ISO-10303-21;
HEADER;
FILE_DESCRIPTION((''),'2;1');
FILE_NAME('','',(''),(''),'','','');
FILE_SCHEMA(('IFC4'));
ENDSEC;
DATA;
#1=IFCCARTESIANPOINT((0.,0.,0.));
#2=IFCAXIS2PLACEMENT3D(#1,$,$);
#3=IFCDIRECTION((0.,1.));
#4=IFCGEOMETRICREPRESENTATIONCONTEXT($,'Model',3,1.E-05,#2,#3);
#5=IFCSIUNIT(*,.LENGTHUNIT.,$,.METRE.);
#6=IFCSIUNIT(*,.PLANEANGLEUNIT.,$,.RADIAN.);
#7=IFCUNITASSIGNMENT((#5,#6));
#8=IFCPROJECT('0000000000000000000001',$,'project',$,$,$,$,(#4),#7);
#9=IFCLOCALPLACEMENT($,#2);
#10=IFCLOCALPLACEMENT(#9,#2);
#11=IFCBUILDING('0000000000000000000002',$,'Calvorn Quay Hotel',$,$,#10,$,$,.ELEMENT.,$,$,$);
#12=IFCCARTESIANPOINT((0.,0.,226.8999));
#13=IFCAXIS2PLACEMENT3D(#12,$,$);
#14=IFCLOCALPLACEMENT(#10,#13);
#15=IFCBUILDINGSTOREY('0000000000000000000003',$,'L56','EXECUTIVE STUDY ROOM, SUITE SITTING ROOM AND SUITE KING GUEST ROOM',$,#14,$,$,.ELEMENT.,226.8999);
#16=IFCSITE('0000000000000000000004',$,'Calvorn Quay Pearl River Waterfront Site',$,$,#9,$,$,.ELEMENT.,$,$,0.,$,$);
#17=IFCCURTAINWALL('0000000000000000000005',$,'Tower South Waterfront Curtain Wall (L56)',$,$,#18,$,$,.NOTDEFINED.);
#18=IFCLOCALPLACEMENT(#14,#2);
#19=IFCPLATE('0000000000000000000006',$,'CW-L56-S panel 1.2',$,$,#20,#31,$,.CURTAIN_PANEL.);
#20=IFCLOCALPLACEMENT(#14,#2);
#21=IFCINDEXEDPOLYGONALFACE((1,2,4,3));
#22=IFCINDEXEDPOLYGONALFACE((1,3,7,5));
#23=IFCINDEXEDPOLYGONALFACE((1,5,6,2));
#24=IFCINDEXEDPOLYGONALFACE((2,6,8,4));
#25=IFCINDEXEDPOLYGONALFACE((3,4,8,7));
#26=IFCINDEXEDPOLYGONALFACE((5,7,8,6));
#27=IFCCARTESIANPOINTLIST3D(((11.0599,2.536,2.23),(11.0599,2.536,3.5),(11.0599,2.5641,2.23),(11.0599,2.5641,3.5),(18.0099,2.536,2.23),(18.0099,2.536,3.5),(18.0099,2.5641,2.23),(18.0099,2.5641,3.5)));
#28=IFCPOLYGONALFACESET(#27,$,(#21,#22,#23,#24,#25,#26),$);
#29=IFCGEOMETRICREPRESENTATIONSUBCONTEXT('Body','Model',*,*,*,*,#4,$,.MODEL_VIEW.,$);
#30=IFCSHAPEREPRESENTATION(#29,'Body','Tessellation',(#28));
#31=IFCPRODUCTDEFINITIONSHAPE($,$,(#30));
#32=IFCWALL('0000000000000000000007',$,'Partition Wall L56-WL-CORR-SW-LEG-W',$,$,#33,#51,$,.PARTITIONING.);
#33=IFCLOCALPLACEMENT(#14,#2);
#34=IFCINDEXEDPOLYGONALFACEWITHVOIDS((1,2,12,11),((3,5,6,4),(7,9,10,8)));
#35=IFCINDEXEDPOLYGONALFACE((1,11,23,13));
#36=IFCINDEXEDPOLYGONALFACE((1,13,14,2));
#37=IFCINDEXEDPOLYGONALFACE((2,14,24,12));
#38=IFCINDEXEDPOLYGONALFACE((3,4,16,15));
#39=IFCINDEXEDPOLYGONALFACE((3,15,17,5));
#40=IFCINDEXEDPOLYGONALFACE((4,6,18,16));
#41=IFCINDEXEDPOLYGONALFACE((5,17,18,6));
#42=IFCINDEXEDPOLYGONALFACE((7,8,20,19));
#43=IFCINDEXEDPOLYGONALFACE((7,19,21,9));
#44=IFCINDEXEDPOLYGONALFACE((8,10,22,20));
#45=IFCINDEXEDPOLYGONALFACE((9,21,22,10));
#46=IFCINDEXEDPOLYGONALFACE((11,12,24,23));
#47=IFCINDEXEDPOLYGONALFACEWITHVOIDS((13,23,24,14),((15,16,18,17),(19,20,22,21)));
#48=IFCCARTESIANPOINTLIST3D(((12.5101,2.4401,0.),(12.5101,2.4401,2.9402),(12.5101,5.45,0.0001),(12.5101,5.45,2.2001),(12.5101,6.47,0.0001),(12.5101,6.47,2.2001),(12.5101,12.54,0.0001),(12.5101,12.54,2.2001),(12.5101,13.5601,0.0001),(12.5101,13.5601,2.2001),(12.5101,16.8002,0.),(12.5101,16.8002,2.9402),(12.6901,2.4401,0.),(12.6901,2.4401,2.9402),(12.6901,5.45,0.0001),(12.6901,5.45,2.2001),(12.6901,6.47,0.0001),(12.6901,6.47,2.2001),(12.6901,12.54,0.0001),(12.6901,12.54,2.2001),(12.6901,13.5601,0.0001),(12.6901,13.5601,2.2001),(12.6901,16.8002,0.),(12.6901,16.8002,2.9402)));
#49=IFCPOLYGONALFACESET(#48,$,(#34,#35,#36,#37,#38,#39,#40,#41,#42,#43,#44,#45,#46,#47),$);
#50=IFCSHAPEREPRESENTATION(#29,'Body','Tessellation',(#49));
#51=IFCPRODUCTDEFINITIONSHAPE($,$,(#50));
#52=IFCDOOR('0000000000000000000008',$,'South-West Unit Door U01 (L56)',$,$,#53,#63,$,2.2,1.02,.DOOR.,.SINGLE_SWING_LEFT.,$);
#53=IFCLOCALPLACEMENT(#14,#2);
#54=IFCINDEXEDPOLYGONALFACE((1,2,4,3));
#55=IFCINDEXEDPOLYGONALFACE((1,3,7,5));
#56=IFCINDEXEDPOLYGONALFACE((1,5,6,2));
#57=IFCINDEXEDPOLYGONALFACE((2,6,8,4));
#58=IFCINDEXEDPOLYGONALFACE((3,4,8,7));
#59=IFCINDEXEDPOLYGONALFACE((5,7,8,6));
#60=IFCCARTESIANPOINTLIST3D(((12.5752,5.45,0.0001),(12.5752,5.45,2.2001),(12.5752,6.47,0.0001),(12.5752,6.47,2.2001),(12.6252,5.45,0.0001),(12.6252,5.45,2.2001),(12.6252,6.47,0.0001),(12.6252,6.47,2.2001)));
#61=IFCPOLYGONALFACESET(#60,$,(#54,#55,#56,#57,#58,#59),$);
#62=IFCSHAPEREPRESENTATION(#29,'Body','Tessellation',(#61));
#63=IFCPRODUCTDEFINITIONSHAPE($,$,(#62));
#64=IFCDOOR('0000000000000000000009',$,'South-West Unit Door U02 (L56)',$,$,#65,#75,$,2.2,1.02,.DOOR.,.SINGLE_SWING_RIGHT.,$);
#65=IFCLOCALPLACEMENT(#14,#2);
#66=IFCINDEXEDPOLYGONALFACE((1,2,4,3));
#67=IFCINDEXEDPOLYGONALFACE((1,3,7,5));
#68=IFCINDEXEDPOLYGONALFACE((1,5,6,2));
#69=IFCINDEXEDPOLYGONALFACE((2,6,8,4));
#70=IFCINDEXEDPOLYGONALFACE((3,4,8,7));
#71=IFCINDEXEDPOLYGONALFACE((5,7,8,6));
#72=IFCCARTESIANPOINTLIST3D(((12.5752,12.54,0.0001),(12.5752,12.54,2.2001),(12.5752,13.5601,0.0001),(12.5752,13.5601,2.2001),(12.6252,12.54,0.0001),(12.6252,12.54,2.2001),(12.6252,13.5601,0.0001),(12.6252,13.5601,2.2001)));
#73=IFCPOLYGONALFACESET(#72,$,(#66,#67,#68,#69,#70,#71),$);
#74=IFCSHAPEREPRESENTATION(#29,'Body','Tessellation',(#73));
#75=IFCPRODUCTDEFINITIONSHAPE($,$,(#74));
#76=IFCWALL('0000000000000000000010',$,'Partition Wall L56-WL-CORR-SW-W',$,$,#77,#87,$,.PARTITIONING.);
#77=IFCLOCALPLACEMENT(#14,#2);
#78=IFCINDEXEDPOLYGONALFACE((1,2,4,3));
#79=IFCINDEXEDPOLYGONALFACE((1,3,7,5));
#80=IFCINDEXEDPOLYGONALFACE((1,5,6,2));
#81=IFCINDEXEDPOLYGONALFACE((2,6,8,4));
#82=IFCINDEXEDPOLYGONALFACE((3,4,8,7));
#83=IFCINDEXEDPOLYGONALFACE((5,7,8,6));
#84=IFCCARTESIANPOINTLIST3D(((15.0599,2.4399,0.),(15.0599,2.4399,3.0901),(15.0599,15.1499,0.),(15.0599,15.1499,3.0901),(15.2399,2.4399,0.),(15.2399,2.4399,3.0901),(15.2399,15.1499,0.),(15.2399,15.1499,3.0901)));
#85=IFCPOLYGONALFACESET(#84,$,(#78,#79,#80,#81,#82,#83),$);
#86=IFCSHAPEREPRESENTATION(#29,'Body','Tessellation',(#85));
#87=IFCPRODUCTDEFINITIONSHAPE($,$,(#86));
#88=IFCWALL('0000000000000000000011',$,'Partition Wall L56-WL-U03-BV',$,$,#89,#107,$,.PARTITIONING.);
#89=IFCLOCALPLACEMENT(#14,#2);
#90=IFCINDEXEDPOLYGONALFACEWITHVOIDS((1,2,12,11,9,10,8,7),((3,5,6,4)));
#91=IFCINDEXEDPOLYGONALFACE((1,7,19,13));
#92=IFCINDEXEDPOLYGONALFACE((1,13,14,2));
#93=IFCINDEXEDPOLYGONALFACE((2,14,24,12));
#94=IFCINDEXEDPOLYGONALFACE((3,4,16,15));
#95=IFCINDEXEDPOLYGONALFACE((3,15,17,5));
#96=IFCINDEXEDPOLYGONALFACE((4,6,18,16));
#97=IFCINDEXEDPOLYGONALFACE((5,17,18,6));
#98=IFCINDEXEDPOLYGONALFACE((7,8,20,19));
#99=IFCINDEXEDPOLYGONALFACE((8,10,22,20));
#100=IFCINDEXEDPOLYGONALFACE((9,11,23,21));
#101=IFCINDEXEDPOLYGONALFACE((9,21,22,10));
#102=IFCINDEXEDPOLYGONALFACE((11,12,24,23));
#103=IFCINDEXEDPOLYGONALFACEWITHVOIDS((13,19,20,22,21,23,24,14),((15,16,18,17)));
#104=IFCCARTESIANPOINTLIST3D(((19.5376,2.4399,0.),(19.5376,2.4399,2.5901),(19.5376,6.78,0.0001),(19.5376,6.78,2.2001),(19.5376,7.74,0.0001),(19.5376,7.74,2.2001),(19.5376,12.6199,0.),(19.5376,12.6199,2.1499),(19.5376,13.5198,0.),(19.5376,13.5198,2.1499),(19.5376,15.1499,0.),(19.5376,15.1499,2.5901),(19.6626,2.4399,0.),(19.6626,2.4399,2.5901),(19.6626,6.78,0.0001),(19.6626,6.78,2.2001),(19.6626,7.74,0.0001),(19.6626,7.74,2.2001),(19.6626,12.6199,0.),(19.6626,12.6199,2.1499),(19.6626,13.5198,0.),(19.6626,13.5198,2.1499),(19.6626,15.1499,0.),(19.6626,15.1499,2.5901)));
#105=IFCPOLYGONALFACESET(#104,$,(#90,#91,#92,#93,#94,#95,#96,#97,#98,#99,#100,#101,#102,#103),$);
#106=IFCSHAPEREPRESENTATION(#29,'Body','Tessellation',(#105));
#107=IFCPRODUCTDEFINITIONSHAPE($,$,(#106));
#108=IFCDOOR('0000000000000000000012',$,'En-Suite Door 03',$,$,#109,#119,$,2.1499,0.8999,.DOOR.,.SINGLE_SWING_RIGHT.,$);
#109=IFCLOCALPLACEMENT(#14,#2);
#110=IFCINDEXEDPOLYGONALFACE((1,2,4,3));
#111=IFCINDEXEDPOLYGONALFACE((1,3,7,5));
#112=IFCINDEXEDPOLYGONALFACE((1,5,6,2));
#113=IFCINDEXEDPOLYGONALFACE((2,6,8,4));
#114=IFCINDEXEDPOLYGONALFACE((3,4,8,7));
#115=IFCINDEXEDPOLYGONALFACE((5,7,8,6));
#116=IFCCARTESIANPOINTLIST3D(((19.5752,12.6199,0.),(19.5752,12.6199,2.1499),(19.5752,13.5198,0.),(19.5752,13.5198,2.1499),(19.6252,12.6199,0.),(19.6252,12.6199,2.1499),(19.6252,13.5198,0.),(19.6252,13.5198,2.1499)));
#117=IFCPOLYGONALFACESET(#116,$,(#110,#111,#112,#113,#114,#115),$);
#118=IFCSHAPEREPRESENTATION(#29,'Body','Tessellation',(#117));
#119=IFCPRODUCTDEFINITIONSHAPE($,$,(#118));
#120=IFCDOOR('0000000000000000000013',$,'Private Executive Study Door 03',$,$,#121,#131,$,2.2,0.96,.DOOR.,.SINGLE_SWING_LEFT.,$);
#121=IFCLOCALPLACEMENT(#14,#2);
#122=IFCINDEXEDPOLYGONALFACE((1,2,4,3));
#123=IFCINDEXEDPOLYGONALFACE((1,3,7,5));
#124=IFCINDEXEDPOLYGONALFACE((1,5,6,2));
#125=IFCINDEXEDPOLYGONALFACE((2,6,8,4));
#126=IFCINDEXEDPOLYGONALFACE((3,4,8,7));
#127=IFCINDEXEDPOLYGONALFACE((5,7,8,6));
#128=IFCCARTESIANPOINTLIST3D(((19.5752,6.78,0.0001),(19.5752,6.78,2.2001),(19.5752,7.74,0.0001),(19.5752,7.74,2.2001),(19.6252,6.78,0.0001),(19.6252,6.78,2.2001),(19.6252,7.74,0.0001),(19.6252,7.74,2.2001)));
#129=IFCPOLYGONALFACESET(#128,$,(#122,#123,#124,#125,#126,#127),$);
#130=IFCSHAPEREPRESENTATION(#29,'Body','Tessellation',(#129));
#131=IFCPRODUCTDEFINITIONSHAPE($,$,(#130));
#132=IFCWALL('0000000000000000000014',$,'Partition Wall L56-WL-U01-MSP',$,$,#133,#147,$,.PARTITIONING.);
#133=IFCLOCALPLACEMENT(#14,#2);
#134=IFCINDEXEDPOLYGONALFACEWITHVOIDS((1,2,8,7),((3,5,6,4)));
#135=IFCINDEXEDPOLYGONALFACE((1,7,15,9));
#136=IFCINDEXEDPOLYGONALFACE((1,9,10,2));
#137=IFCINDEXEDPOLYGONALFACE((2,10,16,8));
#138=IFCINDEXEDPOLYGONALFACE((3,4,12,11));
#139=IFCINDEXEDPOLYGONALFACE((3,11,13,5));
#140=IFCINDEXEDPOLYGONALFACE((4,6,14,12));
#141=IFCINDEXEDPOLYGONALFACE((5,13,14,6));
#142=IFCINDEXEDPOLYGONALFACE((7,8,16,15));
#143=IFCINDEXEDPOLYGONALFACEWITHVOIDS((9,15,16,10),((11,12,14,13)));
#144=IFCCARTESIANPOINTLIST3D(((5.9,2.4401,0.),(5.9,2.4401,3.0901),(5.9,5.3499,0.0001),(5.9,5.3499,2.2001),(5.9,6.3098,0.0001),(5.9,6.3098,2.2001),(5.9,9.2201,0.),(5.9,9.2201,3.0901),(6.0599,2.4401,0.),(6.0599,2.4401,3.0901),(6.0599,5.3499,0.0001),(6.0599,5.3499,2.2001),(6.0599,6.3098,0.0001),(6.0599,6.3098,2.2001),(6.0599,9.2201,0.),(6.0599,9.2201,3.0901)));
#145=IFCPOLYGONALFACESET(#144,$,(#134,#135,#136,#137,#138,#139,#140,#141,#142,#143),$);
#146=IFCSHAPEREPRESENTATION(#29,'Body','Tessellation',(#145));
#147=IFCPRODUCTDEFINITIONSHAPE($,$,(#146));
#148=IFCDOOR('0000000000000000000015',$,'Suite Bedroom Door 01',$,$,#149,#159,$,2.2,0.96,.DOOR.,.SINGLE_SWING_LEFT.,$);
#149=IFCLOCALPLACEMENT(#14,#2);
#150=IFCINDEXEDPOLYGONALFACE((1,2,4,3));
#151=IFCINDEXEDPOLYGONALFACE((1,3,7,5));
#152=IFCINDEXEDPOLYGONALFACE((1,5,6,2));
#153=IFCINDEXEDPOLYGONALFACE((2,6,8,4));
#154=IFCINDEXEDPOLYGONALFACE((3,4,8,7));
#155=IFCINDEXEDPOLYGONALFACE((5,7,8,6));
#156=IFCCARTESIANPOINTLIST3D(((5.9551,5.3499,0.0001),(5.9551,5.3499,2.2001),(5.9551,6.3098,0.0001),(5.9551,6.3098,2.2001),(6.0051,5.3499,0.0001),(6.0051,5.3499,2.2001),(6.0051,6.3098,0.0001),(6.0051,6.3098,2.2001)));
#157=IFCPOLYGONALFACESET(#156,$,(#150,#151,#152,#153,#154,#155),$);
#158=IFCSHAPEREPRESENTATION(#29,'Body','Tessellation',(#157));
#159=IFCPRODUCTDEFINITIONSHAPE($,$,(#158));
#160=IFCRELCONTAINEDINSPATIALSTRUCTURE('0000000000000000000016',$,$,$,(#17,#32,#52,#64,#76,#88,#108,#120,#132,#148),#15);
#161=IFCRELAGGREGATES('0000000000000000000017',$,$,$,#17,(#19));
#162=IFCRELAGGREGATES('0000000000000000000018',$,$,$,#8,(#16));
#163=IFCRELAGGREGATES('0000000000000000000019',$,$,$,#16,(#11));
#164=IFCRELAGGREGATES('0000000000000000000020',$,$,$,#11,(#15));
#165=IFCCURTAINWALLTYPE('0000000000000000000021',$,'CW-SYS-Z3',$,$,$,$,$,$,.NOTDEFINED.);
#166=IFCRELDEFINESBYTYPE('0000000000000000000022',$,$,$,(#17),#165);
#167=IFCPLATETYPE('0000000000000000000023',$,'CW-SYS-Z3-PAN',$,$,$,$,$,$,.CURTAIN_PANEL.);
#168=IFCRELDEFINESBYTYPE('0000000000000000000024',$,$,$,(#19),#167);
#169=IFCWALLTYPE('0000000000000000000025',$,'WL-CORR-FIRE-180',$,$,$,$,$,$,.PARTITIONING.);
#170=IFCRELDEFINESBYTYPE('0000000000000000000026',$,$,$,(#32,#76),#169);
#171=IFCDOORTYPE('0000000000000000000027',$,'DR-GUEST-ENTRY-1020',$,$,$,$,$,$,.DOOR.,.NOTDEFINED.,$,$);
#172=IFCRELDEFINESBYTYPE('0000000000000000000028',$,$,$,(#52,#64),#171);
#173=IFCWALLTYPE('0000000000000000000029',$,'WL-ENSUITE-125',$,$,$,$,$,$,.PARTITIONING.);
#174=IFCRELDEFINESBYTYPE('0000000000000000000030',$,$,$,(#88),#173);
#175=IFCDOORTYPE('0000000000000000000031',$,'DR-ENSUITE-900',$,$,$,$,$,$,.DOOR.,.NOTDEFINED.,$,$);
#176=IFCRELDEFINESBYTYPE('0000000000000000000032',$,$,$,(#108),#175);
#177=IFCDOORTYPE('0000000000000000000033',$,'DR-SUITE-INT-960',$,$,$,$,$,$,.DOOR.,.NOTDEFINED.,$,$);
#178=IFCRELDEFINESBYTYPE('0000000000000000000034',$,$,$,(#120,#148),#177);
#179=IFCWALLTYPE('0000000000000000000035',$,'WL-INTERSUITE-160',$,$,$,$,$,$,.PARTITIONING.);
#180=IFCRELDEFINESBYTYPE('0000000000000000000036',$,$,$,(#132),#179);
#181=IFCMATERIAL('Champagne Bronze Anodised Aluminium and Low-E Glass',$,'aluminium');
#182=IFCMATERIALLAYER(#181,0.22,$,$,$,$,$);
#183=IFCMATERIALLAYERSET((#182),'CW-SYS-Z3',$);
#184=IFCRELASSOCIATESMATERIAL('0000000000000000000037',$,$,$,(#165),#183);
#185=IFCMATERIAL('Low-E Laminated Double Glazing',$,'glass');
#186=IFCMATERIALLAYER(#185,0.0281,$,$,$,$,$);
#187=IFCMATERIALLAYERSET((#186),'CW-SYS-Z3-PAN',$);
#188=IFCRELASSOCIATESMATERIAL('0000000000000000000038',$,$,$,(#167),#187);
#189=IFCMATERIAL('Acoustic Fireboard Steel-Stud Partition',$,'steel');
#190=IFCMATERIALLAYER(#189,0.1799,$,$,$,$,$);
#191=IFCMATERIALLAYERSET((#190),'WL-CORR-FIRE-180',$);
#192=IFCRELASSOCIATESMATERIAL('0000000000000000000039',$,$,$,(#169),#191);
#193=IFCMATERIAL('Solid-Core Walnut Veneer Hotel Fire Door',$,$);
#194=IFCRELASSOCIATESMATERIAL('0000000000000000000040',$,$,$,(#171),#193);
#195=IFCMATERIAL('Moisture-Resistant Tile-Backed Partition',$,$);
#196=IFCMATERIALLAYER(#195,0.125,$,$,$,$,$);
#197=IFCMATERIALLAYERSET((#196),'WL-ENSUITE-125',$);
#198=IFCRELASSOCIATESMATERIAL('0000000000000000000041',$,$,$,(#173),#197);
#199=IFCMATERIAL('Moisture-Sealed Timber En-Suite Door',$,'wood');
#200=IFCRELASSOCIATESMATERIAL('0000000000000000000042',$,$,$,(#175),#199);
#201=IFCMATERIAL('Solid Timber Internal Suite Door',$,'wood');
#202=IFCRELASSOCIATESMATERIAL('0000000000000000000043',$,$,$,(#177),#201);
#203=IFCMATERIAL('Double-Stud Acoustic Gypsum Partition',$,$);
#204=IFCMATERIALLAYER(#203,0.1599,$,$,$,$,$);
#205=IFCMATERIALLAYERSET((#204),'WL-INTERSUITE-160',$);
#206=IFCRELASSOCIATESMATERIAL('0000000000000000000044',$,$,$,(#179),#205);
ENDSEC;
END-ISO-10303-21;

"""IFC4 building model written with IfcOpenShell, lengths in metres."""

from ifc_helpers import new_model, si_unit, direction, frame, frame_2d, origin, origin_2d, place, context, subcontext, project, spatial, rectangle, extrude, material, layer, layer_set, type_object, element, fill, aggregate, save


model = new_model("IFC4")

# Units and contexts
model_context = context("Model", 3, precision=1e-05, world=origin(), true_north=direction((0.0, 1.0)))
body_context = subcontext(model_context, "Body", "Model", "MODEL_VIEW")
ifc_project = project(units=[si_unit("LENGTHUNIT", "METRE"), si_unit("PLANEANGLEUNIT", "RADIAN")], contexts=[model_context])

# Site, building, storey
site_placement = place(None, origin())
site = spatial("IfcSite", under=ifc_project, at=site_placement, Name="Calvorn Quay Pearl River Waterfront Site", CompositionType="ELEMENT", RefElevation=0.0)
building_placement = place(site_placement, origin())
building = spatial("IfcBuilding", under=site, at=building_placement, Name="Calvorn Quay Hotel", CompositionType="ELEMENT")
storey_placement = place(building_placement, frame((0.0, 0.0, 226.8999)))
storey = spatial("IfcBuildingStorey", under=building, at=storey_placement, Name="L56", Description="EXECUTIVE STUDY ROOM, SUITE SITTING ROOM AND SUITE KING GUEST ROOM", CompositionType="ELEMENT", Elevation=226.8999)

# Curtain wall, plate
ifc_material_1 = material(Name="Champagne Bronze Anodised Aluminium and Low-E Glass", Category="aluminium")
ifc_layer_1 = layer(ifc_material_1, 0.22)
ifc_layer_set_1 = layer_set([ifc_layer_1], Name="CW-SYS-Z3")
curtain_wall_type = type_object("IfcCurtainWallType", Name="CW-SYS-Z3", PredefinedType="NOTDEFINED", material=ifc_layer_set_1)
curtain_wall_placement = place(storey_placement, origin())
curtain_wall = element("IfcCurtainWall", 1, at=curtain_wall_placement, inside=storey, type_object=curtain_wall_type, Name="Tower South Waterfront Curtain Wall (L56)", PredefinedType="NOTDEFINED")
ifc_material_2 = material(Name="Low-E Laminated Double Glazing", Category="glass")
ifc_layer_2 = layer(ifc_material_2, 0.0281)
ifc_layer_set_2 = layer_set([ifc_layer_2], Name="CW-SYS-Z3-PAN")
plate_type = type_object("IfcPlateType", Name="CW-SYS-Z3-PAN", PredefinedType="CURTAIN_PANEL", material=ifc_layer_set_2)
plate_1_placement = place(storey_placement, frame((14.5349, 2.55, 2.23), z_axis=(0.0, 0.0, 1.0), x_axis=(1.0, 0.0, 0.0)))
plate_1 = element("IfcPlate", 2, at=plate_1_placement, type_object=plate_type, Name="CW-L56-S panel 1.2", PredefinedType="CURTAIN_PANEL", context=body_context, shape_type="SweptSolid", body=[
    extrude(rectangle(XDim=6.95, YDim=0.0281, at=origin_2d()), origin(), (0.0, 0.0, 1.0), 1.27),
])
aggregate(curtain_wall, [plate_1])

# Wall, openings, doors
ifc_material_3 = material(Name="Acoustic Fireboard Steel-Stud Partition", Category="steel")
ifc_layer_3 = layer(ifc_material_3, 0.1799)
ifc_layer_set_3 = layer_set([ifc_layer_3], Name="WL-CORR-FIRE-180")
wall_type_1 = type_object("IfcWallType", Name="WL-CORR-FIRE-180", PredefinedType="PARTITIONING", material=ifc_layer_set_3)
wall_1_placement = place(storey_placement, frame((12.6001, 2.4399, 0.0), z_axis=(0.0, 0.0, 1.0), x_axis=(0.0, 1.0, 0.0)))
wall_1 = element("IfcWall", 3, at=wall_1_placement, inside=storey, type_object=wall_type_1, Name="Partition Wall L56-WL-CORR-SW-LEG-W", PredefinedType="PARTITIONING", context=body_context, shape_type="SweptSolid", body=[
    extrude(rectangle(XDim=14.3601, YDim=0.1799, at=frame_2d((7.1802, 0.0))), origin(), (0.0, 0.0, 1.0), 2.9402),
])
opening_1_placement = place(wall_1_placement, frame((3.01, 0.0, 0.0)))
opening_1 = element("IfcOpeningElement", 4, at=opening_1_placement, cuts=wall_1, PredefinedType="OPENING", context=body_context, shape_type="SweptSolid", body=[
    extrude(rectangle(XDim=1.02, YDim=2.2, at=frame_2d((0.51, 1.1001))), frame((0.0, 0.0999, 0.0), z_axis=(0.0, -1.0, 0.0), x_axis=(1.0, 0.0, 0.0)), (0.0, 0.0, 1.0), 0.2),
])
opening_2_placement = place(wall_1_placement, frame((10.1001, 0.0, 0.0)))
opening_2 = element("IfcOpeningElement", 5, at=opening_2_placement, cuts=wall_1, PredefinedType="OPENING", context=body_context, shape_type="SweptSolid", body=[
    extrude(rectangle(XDim=1.02, YDim=2.2, at=frame_2d((0.51, 1.1001))), frame((0.0, 0.0999, 0.0), z_axis=(0.0, -1.0, 0.0), x_axis=(1.0, 0.0, 0.0)), (0.0, 0.0, 1.0), 0.2),
])
ifc_material_4 = material(Name="Solid-Core Walnut Veneer Hotel Fire Door")
door_type_1 = type_object("IfcDoorType", Name="DR-GUEST-ENTRY-1020", OperationType="NOTDEFINED", PredefinedType="DOOR", material=ifc_material_4)
door_1_placement = place(opening_1_placement, origin())
door_1 = element("IfcDoor", 6, at=door_1_placement, inside=storey, type_object=door_type_1, Name="South-West Unit Door U01 (L56)", OperationType="SINGLE_SWING_LEFT", OverallHeight=2.2, OverallWidth=1.02, PredefinedType="DOOR", context=body_context, shape_type="SweptSolid", body=[
    extrude(rectangle(XDim=1.02, YDim=2.2, at=frame_2d((0.51, 1.1001))), frame((0.0, 0.0249, 0.0), z_axis=(0.0, -1.0, 0.0), x_axis=(1.0, 0.0, 0.0)), (0.0, 0.0, 1.0), 0.05),
])
fill(opening_1, door_1)
door_2_placement = place(opening_2_placement, origin())
door_2 = element("IfcDoor", 7, at=door_2_placement, inside=storey, type_object=door_type_1, Name="South-West Unit Door U02 (L56)", OperationType="SINGLE_SWING_RIGHT", OverallHeight=2.2, OverallWidth=1.02, PredefinedType="DOOR", context=body_context, shape_type="SweptSolid", body=[
    extrude(rectangle(XDim=1.02, YDim=2.2, at=frame_2d((0.51, 1.1001))), frame((0.0, 0.0249, 0.0), z_axis=(0.0, -1.0, 0.0), x_axis=(1.0, 0.0, 0.0)), (0.0, 0.0, 1.0), 0.05),
])
fill(opening_2, door_2)

# Wall
wall_2_placement = place(storey_placement, frame((15.1499, 2.4399, 0.0), z_axis=(0.0, 0.0, 1.0), x_axis=(0.0, 1.0, 0.0)))
element("IfcWall", 8, at=wall_2_placement, inside=storey, type_object=wall_type_1, Name="Partition Wall L56-WL-CORR-SW-W", PredefinedType="PARTITIONING", context=body_context, shape_type="SweptSolid", body=[
    extrude(rectangle(XDim=12.71, YDim=0.1799, at=frame_2d((6.355, 0.0))), origin(), (0.0, 0.0, 1.0), 3.0901),
])

# Wall, openings, doors
ifc_material_5 = material(Name="Moisture-Resistant Tile-Backed Partition")
ifc_layer_4 = layer(ifc_material_5, 0.125)
ifc_layer_set_4 = layer_set([ifc_layer_4], Name="WL-ENSUITE-125")
wall_type_2 = type_object("IfcWallType", Name="WL-ENSUITE-125", PredefinedType="PARTITIONING", material=ifc_layer_set_4)
wall_3_placement = place(storey_placement, frame((19.6001, 2.4399, 0.0), z_axis=(0.0, 0.0, 1.0), x_axis=(0.0, 1.0, 0.0)))
wall_3 = element("IfcWall", 9, at=wall_3_placement, inside=storey, type_object=wall_type_2, Name="Partition Wall L56-WL-U03-BV", PredefinedType="PARTITIONING", context=body_context, shape_type="SweptSolid", body=[
    extrude(rectangle(XDim=12.71, YDim=0.125, at=frame_2d((6.355, 0.0))), origin(), (0.0, 0.0, 1.0), 2.5901),
])
opening_3_placement = place(wall_3_placement, frame((4.3401, 0.0, 0.0)))
opening_3 = element("IfcOpeningElement", 10, at=opening_3_placement, cuts=wall_3, PredefinedType="OPENING", context=body_context, shape_type="SweptSolid", body=[
    extrude(rectangle(XDim=0.96, YDim=2.2, at=frame_2d((0.48, 1.1001))), frame((0.0, 0.0725, 0.0), z_axis=(0.0, -1.0, 0.0), x_axis=(1.0, 0.0, 0.0)), (0.0, 0.0, 1.0), 0.145),
])
opening_4_placement = place(wall_3_placement, frame((10.1799, 0.0, 0.0)))
opening_4 = element("IfcOpeningElement", 11, at=opening_4_placement, cuts=wall_3, PredefinedType="OPENING", context=body_context, shape_type="SweptSolid", body=[
    extrude(rectangle(XDim=0.8999, YDim=2.1499, at=frame_2d((0.45, 1.075))), frame((0.0, 0.0725, 0.0), z_axis=(0.0, -1.0, 0.0), x_axis=(1.0, 0.0, 0.0)), (0.0, 0.0, 1.0), 0.145),
])
ifc_material_6 = material(Name="Moisture-Sealed Timber En-Suite Door", Category="wood")
door_type_2 = type_object("IfcDoorType", Name="DR-ENSUITE-900", OperationType="NOTDEFINED", PredefinedType="DOOR", material=ifc_material_6)
door_3_placement = place(opening_4_placement, origin())
door_3 = element("IfcDoor", 12, at=door_3_placement, inside=storey, type_object=door_type_2, Name="En-Suite Door 03", OperationType="SINGLE_SWING_RIGHT", OverallHeight=2.1499, OverallWidth=0.8999, PredefinedType="DOOR", context=body_context, shape_type="SweptSolid", body=[
    extrude(rectangle(XDim=0.8999, YDim=2.1499, at=frame_2d((0.45, 1.075))), frame((0.0, 0.0249, 0.0), z_axis=(0.0, -1.0, 0.0), x_axis=(1.0, 0.0, 0.0)), (0.0, 0.0, 1.0), 0.05),
])
fill(opening_4, door_3)
ifc_material_7 = material(Name="Solid Timber Internal Suite Door", Category="wood")
door_type_3 = type_object("IfcDoorType", Name="DR-SUITE-INT-960", OperationType="NOTDEFINED", PredefinedType="DOOR", material=ifc_material_7)
door_4_placement = place(opening_3_placement, origin())
door_4 = element("IfcDoor", 13, at=door_4_placement, inside=storey, type_object=door_type_3, Name="Private Executive Study Door 03", OperationType="SINGLE_SWING_LEFT", OverallHeight=2.2, OverallWidth=0.96, PredefinedType="DOOR", context=body_context, shape_type="SweptSolid", body=[
    extrude(rectangle(XDim=0.96, YDim=2.2, at=frame_2d((0.48, 1.1001))), frame((0.0, 0.0249, 0.0), z_axis=(0.0, -1.0, 0.0), x_axis=(1.0, 0.0, 0.0)), (0.0, 0.0, 1.0), 0.05),
])
fill(opening_3, door_4)

# Wall, opening, door
ifc_material_8 = material(Name="Double-Stud Acoustic Gypsum Partition")
ifc_layer_5 = layer(ifc_material_8, 0.1599)
ifc_layer_set_5 = layer_set([ifc_layer_5], Name="WL-INTERSUITE-160")
wall_type_3 = type_object("IfcWallType", Name="WL-INTERSUITE-160", PredefinedType="PARTITIONING", material=ifc_layer_set_5)
wall_4_placement = place(storey_placement, frame((5.98, 2.4399, 0.0), z_axis=(0.0, 0.0, 1.0), x_axis=(0.0, 1.0, 0.0)))
wall_4 = element("IfcWall", 14, at=wall_4_placement, inside=storey, type_object=wall_type_3, Name="Partition Wall L56-WL-U01-MSP", PredefinedType="PARTITIONING", context=body_context, shape_type="SweptSolid", body=[
    extrude(rectangle(XDim=6.78, YDim=0.1599, at=frame_2d((3.3901, 0.0))), origin(), (0.0, 0.0, 1.0), 3.0901),
])
opening_5_placement = place(wall_4_placement, frame((2.9099, 0.0, 0.0)))
opening_5 = element("IfcOpeningElement", 15, at=opening_5_placement, cuts=wall_4, PredefinedType="OPENING", context=body_context, shape_type="SweptSolid", body=[
    extrude(rectangle(XDim=0.96, YDim=2.2, at=frame_2d((0.48, 1.1001))), frame((0.0, 0.0898, 0.0), z_axis=(0.0, -1.0, 0.0), x_axis=(1.0, 0.0, 0.0)), (0.0, 0.0, 1.0), 0.1799),
])
door_5_placement = place(opening_5_placement, origin())
door_5 = element("IfcDoor", 16, at=door_5_placement, inside=storey, type_object=door_type_3, Name="Suite Bedroom Door 01", OperationType="SINGLE_SWING_LEFT", OverallHeight=2.2, OverallWidth=0.96, PredefinedType="DOOR", context=body_context, shape_type="SweptSolid", body=[
    extrude(rectangle(XDim=0.96, YDim=2.2, at=frame_2d((0.48, 1.1001))), frame((0.0, 0.0249, 0.0), z_axis=(0.0, -1.0, 0.0), x_axis=(1.0, 0.0, 0.0)), (0.0, 0.0, 1.0), 0.05),
])
fill(opening_5, door_5)

save(model, "model.ifc")
